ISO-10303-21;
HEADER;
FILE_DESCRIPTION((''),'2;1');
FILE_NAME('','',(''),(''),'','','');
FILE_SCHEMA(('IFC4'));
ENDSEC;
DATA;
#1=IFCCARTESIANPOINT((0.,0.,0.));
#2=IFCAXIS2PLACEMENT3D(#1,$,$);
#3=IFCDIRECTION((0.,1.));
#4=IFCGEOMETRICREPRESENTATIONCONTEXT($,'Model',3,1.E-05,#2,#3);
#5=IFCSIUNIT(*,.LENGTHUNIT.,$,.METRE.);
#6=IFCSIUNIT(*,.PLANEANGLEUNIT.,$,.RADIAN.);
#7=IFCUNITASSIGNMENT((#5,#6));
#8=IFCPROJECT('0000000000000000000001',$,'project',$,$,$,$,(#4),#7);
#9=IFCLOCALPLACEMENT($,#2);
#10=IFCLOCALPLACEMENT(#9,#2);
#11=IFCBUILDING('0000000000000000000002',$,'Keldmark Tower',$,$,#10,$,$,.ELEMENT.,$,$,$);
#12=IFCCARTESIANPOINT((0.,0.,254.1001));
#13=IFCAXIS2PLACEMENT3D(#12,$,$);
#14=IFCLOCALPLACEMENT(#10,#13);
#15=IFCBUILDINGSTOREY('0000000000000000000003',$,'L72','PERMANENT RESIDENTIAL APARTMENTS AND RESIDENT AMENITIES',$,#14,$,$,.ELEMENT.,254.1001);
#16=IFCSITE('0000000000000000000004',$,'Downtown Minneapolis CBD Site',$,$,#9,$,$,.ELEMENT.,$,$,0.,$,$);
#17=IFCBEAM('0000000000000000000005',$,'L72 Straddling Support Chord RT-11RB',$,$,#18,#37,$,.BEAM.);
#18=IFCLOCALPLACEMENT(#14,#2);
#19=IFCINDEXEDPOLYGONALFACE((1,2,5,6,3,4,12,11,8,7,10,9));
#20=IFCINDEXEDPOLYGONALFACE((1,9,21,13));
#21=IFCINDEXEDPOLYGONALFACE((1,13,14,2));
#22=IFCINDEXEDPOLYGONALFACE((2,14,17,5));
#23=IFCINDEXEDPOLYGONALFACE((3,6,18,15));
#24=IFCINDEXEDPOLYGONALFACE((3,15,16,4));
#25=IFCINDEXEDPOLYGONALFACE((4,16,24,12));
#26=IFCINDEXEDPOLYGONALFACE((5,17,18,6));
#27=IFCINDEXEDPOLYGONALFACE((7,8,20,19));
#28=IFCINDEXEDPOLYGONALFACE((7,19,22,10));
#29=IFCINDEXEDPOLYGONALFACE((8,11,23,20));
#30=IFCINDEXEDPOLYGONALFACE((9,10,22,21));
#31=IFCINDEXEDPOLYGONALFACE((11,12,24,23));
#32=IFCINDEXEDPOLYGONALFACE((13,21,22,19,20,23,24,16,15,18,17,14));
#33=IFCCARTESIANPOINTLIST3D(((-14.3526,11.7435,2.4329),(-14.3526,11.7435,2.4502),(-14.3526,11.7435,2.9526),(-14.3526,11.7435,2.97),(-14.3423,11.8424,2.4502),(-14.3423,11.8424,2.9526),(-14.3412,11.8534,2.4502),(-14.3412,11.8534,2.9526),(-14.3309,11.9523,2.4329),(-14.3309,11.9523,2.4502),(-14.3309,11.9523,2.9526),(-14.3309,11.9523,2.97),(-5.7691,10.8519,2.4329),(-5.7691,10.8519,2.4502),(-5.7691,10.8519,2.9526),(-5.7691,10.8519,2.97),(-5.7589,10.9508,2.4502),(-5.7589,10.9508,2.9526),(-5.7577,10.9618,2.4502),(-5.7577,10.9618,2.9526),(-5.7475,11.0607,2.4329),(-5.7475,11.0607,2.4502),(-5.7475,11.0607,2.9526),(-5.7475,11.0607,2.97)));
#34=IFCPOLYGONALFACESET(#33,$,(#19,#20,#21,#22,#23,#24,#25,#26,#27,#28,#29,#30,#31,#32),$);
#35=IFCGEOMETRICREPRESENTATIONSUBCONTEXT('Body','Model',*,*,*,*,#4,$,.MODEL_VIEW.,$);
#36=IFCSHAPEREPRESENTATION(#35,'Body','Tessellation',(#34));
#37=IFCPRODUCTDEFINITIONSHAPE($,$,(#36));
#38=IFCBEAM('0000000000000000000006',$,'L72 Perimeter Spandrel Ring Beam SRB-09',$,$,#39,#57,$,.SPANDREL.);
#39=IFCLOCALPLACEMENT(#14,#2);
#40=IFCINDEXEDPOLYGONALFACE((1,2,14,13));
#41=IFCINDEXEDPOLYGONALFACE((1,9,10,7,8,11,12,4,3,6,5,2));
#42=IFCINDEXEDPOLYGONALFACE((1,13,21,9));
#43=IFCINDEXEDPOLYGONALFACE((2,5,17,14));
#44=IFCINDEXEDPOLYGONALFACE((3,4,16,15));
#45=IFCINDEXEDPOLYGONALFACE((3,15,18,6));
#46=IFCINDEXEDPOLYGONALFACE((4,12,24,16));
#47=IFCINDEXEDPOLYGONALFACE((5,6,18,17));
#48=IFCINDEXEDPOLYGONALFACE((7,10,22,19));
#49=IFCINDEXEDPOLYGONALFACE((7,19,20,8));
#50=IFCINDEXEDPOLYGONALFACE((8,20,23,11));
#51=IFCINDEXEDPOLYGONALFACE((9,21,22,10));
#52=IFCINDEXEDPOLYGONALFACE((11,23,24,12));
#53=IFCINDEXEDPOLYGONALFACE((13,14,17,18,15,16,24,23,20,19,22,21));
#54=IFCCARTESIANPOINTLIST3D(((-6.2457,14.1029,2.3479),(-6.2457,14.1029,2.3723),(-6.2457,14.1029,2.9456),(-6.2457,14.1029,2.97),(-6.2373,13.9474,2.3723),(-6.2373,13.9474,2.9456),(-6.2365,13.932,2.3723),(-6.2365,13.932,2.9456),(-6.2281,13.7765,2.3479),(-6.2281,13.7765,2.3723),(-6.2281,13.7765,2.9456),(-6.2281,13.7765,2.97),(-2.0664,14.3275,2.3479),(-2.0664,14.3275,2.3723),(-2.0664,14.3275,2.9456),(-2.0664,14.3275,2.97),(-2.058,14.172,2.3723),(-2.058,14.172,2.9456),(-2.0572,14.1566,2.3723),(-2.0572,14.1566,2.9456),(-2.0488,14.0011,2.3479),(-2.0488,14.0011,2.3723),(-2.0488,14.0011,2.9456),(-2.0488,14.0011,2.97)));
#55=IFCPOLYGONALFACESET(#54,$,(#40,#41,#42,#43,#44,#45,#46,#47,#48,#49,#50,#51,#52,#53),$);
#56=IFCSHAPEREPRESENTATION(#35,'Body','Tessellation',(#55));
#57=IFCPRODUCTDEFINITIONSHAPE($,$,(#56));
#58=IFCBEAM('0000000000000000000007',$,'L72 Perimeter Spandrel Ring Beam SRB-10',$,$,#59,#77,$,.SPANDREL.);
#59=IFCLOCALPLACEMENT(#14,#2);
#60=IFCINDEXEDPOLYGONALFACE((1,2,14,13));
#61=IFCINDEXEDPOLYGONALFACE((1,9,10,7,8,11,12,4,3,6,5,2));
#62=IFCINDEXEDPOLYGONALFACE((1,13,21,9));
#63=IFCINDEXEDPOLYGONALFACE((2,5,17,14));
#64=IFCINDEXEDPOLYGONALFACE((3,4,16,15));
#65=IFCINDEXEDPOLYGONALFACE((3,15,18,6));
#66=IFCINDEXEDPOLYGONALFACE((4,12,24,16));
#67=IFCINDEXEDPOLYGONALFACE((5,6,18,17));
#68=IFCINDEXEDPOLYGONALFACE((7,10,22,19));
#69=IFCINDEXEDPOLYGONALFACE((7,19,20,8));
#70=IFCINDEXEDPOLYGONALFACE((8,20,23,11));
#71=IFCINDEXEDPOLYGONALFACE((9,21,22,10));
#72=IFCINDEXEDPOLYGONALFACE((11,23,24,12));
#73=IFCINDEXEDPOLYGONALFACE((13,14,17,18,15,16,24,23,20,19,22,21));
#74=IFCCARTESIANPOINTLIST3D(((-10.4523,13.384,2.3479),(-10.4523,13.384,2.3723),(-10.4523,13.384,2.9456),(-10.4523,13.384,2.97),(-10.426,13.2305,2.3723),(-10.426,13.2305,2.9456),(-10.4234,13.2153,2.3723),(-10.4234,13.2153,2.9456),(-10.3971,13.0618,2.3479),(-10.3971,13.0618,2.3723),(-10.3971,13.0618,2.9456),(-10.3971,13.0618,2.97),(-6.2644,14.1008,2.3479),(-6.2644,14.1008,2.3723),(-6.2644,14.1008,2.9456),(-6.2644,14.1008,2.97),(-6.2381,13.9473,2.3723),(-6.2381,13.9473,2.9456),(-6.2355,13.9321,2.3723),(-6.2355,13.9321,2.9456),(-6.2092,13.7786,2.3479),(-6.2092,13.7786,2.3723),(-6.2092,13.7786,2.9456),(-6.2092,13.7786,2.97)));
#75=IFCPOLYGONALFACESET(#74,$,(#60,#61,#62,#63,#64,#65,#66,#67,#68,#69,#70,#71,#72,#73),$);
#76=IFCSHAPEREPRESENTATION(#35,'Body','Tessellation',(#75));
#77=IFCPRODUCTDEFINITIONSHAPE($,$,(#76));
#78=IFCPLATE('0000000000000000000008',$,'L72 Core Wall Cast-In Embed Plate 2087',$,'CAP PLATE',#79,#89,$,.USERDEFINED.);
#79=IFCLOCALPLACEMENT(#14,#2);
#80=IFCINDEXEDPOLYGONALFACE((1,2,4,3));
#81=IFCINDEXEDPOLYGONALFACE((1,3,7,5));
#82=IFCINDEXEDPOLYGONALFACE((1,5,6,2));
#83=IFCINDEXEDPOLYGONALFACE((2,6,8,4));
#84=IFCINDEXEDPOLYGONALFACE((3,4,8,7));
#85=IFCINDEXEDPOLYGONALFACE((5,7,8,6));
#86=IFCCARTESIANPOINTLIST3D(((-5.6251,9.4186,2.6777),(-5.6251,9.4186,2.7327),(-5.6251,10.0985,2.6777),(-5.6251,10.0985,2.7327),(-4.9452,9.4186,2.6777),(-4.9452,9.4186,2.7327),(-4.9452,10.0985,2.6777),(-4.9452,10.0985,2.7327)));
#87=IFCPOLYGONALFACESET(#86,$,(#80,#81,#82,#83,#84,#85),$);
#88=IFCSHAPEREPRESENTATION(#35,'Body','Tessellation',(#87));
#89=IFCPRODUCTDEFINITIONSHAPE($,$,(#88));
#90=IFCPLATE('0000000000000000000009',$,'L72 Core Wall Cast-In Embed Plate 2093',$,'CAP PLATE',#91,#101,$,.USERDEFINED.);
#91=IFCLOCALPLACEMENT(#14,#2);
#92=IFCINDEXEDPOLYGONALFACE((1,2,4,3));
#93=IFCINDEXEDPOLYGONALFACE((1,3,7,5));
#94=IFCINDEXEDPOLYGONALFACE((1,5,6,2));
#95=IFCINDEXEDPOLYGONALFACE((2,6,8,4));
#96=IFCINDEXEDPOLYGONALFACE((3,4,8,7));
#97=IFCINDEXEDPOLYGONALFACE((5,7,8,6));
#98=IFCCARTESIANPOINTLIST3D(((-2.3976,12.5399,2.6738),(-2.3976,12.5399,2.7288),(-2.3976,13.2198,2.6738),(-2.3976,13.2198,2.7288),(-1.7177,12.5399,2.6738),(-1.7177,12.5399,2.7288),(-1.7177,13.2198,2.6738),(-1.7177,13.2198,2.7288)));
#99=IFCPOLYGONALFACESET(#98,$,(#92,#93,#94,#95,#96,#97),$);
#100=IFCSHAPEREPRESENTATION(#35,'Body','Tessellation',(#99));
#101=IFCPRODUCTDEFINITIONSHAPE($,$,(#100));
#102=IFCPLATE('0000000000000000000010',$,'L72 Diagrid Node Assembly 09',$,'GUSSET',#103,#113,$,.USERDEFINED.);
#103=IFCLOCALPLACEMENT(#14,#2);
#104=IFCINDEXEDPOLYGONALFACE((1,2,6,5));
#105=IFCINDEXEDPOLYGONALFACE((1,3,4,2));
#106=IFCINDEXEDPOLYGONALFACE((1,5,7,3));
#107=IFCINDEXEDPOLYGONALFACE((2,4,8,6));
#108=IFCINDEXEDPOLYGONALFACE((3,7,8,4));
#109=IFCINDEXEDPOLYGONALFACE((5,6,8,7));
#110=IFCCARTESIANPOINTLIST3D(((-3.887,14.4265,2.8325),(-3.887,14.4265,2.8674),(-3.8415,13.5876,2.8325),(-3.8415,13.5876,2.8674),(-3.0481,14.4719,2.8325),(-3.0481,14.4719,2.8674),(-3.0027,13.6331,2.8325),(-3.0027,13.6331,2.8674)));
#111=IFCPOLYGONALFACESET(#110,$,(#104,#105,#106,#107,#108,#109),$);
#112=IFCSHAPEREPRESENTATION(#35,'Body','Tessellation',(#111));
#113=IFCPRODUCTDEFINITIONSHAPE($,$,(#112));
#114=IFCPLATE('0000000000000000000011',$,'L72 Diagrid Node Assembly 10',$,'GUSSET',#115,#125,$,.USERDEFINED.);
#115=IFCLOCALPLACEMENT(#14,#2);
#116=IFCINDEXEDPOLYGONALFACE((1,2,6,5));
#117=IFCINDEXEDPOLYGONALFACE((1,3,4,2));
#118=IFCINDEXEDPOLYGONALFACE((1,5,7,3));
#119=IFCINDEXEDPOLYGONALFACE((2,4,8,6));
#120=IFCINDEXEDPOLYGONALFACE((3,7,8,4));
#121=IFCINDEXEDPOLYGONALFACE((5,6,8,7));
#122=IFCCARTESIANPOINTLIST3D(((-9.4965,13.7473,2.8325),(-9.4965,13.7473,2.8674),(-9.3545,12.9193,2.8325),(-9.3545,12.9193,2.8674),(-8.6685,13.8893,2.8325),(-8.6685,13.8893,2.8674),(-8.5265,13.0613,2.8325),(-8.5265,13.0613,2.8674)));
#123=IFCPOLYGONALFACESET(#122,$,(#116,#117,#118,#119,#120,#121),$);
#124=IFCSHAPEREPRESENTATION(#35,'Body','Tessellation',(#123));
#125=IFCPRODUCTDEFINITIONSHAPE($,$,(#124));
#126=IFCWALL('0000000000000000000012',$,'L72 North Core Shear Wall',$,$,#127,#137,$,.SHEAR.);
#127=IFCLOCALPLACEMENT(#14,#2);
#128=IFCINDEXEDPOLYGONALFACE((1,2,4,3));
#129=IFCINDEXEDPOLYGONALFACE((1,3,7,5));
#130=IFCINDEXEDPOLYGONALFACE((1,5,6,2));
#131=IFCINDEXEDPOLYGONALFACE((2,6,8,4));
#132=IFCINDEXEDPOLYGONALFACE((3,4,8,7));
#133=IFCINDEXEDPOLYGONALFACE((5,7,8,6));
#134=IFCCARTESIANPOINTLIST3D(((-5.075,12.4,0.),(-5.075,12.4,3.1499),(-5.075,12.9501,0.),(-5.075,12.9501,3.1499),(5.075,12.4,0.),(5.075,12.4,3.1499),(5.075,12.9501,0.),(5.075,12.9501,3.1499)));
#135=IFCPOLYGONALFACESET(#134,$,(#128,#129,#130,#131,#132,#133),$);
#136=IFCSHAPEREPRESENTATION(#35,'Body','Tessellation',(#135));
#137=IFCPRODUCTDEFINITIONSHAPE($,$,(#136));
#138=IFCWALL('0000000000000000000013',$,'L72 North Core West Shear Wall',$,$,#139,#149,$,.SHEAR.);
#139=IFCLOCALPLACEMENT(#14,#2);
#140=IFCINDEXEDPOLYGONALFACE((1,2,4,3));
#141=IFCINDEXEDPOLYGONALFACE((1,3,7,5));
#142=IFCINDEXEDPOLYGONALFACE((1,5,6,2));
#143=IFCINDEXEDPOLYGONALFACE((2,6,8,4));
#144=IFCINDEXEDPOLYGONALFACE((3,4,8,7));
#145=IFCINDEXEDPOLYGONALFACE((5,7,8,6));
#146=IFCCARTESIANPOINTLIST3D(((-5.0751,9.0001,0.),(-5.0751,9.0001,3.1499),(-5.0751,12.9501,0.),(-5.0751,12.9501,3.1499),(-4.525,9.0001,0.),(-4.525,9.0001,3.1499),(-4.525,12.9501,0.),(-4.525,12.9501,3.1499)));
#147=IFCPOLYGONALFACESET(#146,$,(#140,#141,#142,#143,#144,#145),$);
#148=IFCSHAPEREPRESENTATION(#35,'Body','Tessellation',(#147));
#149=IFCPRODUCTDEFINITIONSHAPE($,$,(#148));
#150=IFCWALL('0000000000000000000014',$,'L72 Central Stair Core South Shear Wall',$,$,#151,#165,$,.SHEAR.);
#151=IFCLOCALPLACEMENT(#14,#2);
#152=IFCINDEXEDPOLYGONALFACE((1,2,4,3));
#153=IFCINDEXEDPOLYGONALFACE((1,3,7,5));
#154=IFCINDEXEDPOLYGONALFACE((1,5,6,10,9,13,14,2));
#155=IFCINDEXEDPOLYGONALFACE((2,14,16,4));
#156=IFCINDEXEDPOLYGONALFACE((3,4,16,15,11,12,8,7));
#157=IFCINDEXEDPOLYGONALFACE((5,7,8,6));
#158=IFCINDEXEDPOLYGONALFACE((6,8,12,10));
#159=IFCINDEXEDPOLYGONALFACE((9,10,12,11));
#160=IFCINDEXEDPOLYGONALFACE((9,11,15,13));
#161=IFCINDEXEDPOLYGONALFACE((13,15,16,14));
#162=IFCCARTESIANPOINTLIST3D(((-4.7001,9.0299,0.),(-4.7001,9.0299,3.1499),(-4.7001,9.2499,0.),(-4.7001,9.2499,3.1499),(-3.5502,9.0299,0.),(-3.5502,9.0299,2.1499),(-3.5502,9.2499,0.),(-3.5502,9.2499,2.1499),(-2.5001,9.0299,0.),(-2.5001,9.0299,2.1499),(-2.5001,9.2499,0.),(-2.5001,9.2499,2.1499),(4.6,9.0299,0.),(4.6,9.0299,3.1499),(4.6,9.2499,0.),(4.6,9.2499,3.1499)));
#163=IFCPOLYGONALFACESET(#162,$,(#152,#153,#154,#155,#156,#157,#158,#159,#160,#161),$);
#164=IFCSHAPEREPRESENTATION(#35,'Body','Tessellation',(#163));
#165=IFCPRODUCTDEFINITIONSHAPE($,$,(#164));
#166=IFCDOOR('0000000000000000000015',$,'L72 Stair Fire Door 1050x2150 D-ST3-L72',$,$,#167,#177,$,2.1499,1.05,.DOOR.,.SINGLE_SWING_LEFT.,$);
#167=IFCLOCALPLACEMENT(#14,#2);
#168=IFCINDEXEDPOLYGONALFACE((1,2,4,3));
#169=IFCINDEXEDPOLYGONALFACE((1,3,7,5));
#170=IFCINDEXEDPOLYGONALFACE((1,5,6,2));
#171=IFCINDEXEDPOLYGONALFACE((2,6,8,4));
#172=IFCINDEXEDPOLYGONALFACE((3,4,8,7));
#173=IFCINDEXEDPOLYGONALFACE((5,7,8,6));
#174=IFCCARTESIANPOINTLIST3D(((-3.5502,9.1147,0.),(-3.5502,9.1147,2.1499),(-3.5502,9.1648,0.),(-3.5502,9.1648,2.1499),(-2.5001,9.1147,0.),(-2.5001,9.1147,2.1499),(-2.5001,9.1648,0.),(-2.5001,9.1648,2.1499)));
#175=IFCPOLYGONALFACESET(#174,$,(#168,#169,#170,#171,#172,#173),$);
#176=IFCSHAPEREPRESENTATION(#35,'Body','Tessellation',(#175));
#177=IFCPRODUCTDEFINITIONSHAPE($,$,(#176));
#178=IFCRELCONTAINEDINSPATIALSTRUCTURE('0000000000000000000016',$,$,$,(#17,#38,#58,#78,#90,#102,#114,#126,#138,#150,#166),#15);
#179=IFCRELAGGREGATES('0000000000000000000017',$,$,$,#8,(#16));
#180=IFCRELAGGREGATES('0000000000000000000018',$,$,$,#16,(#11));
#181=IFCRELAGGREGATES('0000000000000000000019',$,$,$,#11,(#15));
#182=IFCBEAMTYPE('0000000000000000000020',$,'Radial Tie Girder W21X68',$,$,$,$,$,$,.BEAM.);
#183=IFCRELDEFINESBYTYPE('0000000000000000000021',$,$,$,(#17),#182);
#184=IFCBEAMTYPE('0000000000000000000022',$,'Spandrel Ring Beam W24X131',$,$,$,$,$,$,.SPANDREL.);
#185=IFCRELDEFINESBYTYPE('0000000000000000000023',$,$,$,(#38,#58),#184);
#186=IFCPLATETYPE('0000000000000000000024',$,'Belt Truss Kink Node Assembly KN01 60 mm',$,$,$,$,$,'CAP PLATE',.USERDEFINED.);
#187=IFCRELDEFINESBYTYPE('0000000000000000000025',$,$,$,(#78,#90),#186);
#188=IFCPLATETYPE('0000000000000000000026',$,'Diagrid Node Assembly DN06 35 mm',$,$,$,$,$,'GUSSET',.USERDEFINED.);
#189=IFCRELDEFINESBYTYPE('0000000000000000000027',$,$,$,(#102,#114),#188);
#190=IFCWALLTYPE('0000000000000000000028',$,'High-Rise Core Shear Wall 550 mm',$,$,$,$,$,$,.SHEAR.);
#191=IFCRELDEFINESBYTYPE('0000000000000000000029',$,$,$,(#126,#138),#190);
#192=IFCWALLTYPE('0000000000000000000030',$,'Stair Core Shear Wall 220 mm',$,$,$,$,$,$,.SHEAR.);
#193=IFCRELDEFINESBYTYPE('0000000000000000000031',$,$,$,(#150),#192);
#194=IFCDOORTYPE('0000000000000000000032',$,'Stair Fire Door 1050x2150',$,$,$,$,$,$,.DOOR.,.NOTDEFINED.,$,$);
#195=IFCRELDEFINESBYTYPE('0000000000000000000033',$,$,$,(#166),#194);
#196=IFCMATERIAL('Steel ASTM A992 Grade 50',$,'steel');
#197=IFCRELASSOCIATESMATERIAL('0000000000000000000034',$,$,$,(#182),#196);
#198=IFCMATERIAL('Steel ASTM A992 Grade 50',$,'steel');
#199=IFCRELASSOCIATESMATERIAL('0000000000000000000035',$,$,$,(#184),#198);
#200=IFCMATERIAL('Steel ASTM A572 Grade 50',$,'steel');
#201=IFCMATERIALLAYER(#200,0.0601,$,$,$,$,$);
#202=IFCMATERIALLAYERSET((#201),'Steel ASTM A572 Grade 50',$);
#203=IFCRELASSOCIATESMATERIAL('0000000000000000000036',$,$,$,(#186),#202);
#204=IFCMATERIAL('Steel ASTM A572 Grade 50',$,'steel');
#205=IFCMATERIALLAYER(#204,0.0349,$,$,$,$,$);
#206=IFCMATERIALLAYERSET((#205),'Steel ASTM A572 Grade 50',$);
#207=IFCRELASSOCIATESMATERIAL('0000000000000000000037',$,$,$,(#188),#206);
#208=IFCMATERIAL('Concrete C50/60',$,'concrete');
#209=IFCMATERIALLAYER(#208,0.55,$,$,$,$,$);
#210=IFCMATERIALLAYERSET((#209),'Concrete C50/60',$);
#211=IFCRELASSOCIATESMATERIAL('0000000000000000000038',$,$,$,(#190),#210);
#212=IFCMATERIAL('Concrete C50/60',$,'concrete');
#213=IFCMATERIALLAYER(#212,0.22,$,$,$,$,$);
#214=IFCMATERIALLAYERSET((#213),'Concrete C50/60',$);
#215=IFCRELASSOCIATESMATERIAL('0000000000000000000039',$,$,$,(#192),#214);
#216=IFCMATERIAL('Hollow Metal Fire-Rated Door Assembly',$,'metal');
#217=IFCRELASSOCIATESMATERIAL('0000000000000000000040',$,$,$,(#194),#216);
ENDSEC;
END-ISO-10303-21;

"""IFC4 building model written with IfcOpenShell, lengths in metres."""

from ifc_helpers import new_model, si_unit, direction, frame, frame_2d, origin, origin_2d, place, context, subcontext, project, spatial, rectangle, i_section, extrude, material, layer, layer_set, material_profile, profile_set, type_object, element, fill, save


model = new_model("IFC4")

# Units and contexts
model_context = context("Model", 3, precision=1e-05, world=origin(), true_north=direction((0.0, 1.0)))
body_context = subcontext(model_context, "Body", "Model", "MODEL_VIEW")
ifc_project = project(units=[si_unit("LENGTHUNIT", "METRE"), si_unit("PLANEANGLEUNIT", "RADIAN")], contexts=[model_context])

# Site, building, storey
site_placement = place(None, origin())
site = spatial("IfcSite", under=ifc_project, at=site_placement, Name="Downtown Minneapolis CBD Site", CompositionType="ELEMENT", RefElevation=0.0)
building_placement = place(site_placement, origin())
building = spatial("IfcBuilding", under=site, at=building_placement, Name="Keldmark Tower", CompositionType="ELEMENT")
storey_placement = place(building_placement, frame((0.0, 0.0, 254.1001)))
storey = spatial("IfcBuildingStorey", under=building, at=storey_placement, Name="L72", Description="PERMANENT RESIDENTIAL APARTMENTS AND RESIDENT AMENITIES", CompositionType="ELEMENT", Elevation=254.1001)

# Beams
ifc_material_1 = material(Name="Steel ASTM A992 Grade 50", Category="steel")
ifc_material_profile_1 = material_profile(ifc_material_1, i_section(OverallWidth=0.21, OverallDepth=0.5371, WebThickness=0.011, FlangeThickness=0.0173, at=origin_2d()), Name="W21X68")
ifc_profile_set_1 = profile_set([ifc_material_profile_1], Name="Steel ASTM A992 Grade 50")
beam_type_1 = type_object("IfcBeamType", Name="Radial Tie Girder W21X68", PredefinedType="BEAM", material=ifc_profile_set_1)
beam_1_placement = place(storey_placement, frame((-5.7583, 10.9563, 2.7014), z_axis=(-0.994648, 0.103318, 0.0), x_axis=(-0.103318, -0.994648, 0.0)))
element("IfcBeam", 1, at=beam_1_placement, inside=storey, type_object=beam_type_1, Name="L72 Straddling Support Chord RT-11RB", PredefinedType="BEAM", context=body_context, shape_type="SweptSolid", body=[
    extrude(i_section(OverallWidth=0.21, OverallDepth=0.5371, WebThickness=0.011, FlangeThickness=0.0173, at=origin_2d()), origin(), (0.0, 0.0, 1.0), 8.6296),
])
ifc_material_2 = material(Name="Steel ASTM A992 Grade 50", Category="steel")
ifc_material_profile_2 = material_profile(ifc_material_2, i_section(OverallWidth=0.3269, OverallDepth=0.6221, WebThickness=0.0154, FlangeThickness=0.0244, at=origin_2d()), Name="W24X131")
ifc_profile_set_2 = profile_set([ifc_material_profile_2], Name="Steel ASTM A992 Grade 50")
beam_type_2 = type_object("IfcBeamType", Name="Spandrel Ring Beam W24X131", PredefinedType="SPANDREL", material=ifc_profile_set_2)
beam_2_placement = place(storey_placement, frame((-2.0576, 14.1643, 2.6589), z_axis=(-0.998559, -0.053667, 0.0), x_axis=(0.053667, -0.998559, 0.0)))
element("IfcBeam", 2, at=beam_2_placement, inside=storey, type_object=beam_type_2, Name="L72 Perimeter Spandrel Ring Beam SRB-09", PredefinedType="SPANDREL", context=body_context, shape_type="SweptSolid", body=[
    extrude(i_section(OverallWidth=0.3269, OverallDepth=0.6221, WebThickness=0.0154, FlangeThickness=0.0244, at=origin_2d()), origin(), (0.0, 0.0, 1.0), 4.1853),
])
beam_3_placement = place(storey_placement, frame((-6.2368, 13.9397, 2.6589), z_axis=(-0.985667, -0.168702, 0.0), x_axis=(0.168702, -0.985667, 0.0)))
element("IfcBeam", 3, at=beam_3_placement, inside=storey, type_object=beam_type_2, Name="L72 Perimeter Spandrel Ring Beam SRB-10", PredefinedType="SPANDREL", context=body_context, shape_type="SweptSolid", body=[
    extrude(i_section(OverallWidth=0.3269, OverallDepth=0.6221, WebThickness=0.0154, FlangeThickness=0.0244, at=origin_2d()), origin(), (0.0, 0.0, 1.0), 4.2488),
])

# Plates
ifc_material_3 = material(Name="Steel ASTM A572 Grade 50", Category="steel")
ifc_layer_1 = layer(ifc_material_3, 0.0601)
ifc_layer_set_1 = layer_set([ifc_layer_1], Name="Steel ASTM A572 Grade 50")
plate_type_1 = type_object("IfcPlateType", Name="Belt Truss Kink Node Assembly KN01 60 mm", ElementType="CAP PLATE", PredefinedType="USERDEFINED", material=ifc_layer_set_1)
for number, where, z_axis, x_axis, name in (
    (4, (-5.2852, 9.7585, 2.6777), (0.0, 0.0, 1.0), (1.0, 0.0, 0.0), "L72 Core Wall Cast-In Embed Plate 2087"),
    (5, (-2.0576, 12.8799, 2.6738), (0.0, 0.0, 1.0), (1.0, 0.0, 0.0), "L72 Core Wall Cast-In Embed Plate 2093"),
):
    element("IfcPlate", number, at=place(storey_placement, frame(where, z_axis=z_axis, x_axis=x_axis)), inside=storey, type_object=plate_type_1, Name=name, ObjectType="CAP PLATE", PredefinedType="USERDEFINED", context=body_context, shape_type="SweptSolid", body=[
        extrude(rectangle(XDim=0.6799, YDim=0.6799, at=origin_2d()), origin(), (0.0, 0.0, 1.0), 0.0549),
    ])
ifc_material_4 = material(Name="Steel ASTM A572 Grade 50", Category="steel")
ifc_layer_2 = layer(ifc_material_4, 0.0349)
ifc_layer_set_2 = layer_set([ifc_layer_2], Name="Steel ASTM A572 Grade 50")
plate_type_2 = type_object("IfcPlateType", Name="Diagrid Node Assembly DN06 35 mm", ElementType="GUSSET", PredefinedType="USERDEFINED", material=ifc_layer_set_2)
for number, where, z_axis, x_axis, name in (
    (6, (-3.4448, 14.0298, 2.8325), (0.0, 0.0, 1.0), (-0.998537, -0.054079, 0.0), "L72 Diagrid Node Assembly 09"),
    (7, (-9.0115, 13.4043, 2.8325), (0.0, 0.0, 1.0), (-0.985615, -0.169005, 0.0), "L72 Diagrid Node Assembly 10"),
):
    element("IfcPlate", number, at=place(storey_placement, frame(where, z_axis=z_axis, x_axis=x_axis)), inside=storey, type_object=plate_type_2, Name=name, ObjectType="GUSSET", PredefinedType="USERDEFINED", context=body_context, shape_type="SweptSolid", body=[
        extrude(rectangle(XDim=0.8401, YDim=0.8401, at=origin_2d()), origin(), (0.0, 0.0, 1.0), 0.0349),
    ])

# Walls
ifc_material_5 = material(Name="Concrete C50/60", Category="concrete")
ifc_layer_3 = layer(ifc_material_5, 0.55)
ifc_layer_set_3 = layer_set([ifc_layer_3], Name="Concrete C50/60")
wall_type_1 = type_object("IfcWallType", Name="High-Rise Core Shear Wall 550 mm", PredefinedType="SHEAR", material=ifc_layer_set_3)
wall_1_placement = place(storey_placement, frame((-5.075, 12.675, 0.0), z_axis=(0.0, 0.0, 1.0), x_axis=(1.0, 0.0, 0.0)))
element("IfcWall", 8, at=wall_1_placement, inside=storey, type_object=wall_type_1, Name="L72 North Core Shear Wall", PredefinedType="SHEAR", context=body_context, shape_type="SweptSolid", body=[
    extrude(rectangle(XDim=10.1499, YDim=0.55, at=frame_2d((5.075, 0.0))), origin(), (0.0, 0.0, 1.0), 3.1499),
])
wall_2_placement = place(storey_placement, frame((-4.8, 9.0, 0.0), z_axis=(0.0, 0.0, 1.0), x_axis=(0.0, 1.0, 0.0)))
element("IfcWall", 9, at=wall_2_placement, inside=storey, type_object=wall_type_1, Name="L72 North Core West Shear Wall", PredefinedType="SHEAR", context=body_context, shape_type="SweptSolid", body=[
    extrude(rectangle(XDim=3.95, YDim=0.55, at=frame_2d((1.9751, 0.0))), origin(), (0.0, 0.0, 1.0), 3.1499),
])

# Wall, opening, door
ifc_material_6 = material(Name="Concrete C50/60", Category="concrete")
ifc_layer_4 = layer(ifc_material_6, 0.22)
ifc_layer_set_4 = layer_set([ifc_layer_4], Name="Concrete C50/60")
wall_type_2 = type_object("IfcWallType", Name="Stair Core Shear Wall 220 mm", PredefinedType="SHEAR", material=ifc_layer_set_4)
wall_3_placement = place(storey_placement, frame((-4.7, 9.1399, 0.0), z_axis=(0.0, 0.0, 1.0), x_axis=(1.0, 0.0, 0.0)))
wall_3 = element("IfcWall", 10, at=wall_3_placement, inside=storey, type_object=wall_type_2, Name="L72 Central Stair Core South Shear Wall", PredefinedType="SHEAR", context=body_context, shape_type="SweptSolid", body=[
    extrude(rectangle(XDim=9.3, YDim=0.22, at=frame_2d((4.6499, 0.0))), origin(), (0.0, 0.0, 1.0), 3.1499),
])
opening_1_placement = place(wall_3_placement, frame((1.1499, 0.0, 0.0)))
opening_1 = element("IfcOpeningElement", 11, at=opening_1_placement, cuts=wall_3, PredefinedType="OPENING", context=body_context, shape_type="SweptSolid", body=[
    extrude(rectangle(XDim=1.05, YDim=2.1499, at=frame_2d((0.5249, 1.075))), frame((0.0, 0.1199, 0.0), z_axis=(0.0, -1.0, 0.0), x_axis=(1.0, 0.0, 0.0)), (0.0, 0.0, 1.0), 0.24),
])
ifc_material_7 = material(Name="Hollow Metal Fire-Rated Door Assembly", Category="metal")
door_type = type_object("IfcDoorType", Name="Stair Fire Door 1050x2150", OperationType="NOTDEFINED", PredefinedType="DOOR", material=ifc_material_7)
door_placement = place(opening_1_placement, origin())
door = element("IfcDoor", 12, at=door_placement, inside=storey, type_object=door_type, Name="L72 Stair Fire Door 1050x2150 D-ST3-L72", OperationType="SINGLE_SWING_LEFT", OverallHeight=2.1499, OverallWidth=1.05, PredefinedType="DOOR", context=body_context, shape_type="SweptSolid", body=[
    extrude(rectangle(XDim=1.05, YDim=2.1499, at=frame_2d((0.5249, 1.075))), frame((0.0, 0.0249, 0.0), z_axis=(0.0, -1.0, 0.0), x_axis=(1.0, 0.0, 0.0)), (0.0, 0.0, 1.0), 0.05),
])
fill(opening_1, door)

save(model, "model.ifc")
